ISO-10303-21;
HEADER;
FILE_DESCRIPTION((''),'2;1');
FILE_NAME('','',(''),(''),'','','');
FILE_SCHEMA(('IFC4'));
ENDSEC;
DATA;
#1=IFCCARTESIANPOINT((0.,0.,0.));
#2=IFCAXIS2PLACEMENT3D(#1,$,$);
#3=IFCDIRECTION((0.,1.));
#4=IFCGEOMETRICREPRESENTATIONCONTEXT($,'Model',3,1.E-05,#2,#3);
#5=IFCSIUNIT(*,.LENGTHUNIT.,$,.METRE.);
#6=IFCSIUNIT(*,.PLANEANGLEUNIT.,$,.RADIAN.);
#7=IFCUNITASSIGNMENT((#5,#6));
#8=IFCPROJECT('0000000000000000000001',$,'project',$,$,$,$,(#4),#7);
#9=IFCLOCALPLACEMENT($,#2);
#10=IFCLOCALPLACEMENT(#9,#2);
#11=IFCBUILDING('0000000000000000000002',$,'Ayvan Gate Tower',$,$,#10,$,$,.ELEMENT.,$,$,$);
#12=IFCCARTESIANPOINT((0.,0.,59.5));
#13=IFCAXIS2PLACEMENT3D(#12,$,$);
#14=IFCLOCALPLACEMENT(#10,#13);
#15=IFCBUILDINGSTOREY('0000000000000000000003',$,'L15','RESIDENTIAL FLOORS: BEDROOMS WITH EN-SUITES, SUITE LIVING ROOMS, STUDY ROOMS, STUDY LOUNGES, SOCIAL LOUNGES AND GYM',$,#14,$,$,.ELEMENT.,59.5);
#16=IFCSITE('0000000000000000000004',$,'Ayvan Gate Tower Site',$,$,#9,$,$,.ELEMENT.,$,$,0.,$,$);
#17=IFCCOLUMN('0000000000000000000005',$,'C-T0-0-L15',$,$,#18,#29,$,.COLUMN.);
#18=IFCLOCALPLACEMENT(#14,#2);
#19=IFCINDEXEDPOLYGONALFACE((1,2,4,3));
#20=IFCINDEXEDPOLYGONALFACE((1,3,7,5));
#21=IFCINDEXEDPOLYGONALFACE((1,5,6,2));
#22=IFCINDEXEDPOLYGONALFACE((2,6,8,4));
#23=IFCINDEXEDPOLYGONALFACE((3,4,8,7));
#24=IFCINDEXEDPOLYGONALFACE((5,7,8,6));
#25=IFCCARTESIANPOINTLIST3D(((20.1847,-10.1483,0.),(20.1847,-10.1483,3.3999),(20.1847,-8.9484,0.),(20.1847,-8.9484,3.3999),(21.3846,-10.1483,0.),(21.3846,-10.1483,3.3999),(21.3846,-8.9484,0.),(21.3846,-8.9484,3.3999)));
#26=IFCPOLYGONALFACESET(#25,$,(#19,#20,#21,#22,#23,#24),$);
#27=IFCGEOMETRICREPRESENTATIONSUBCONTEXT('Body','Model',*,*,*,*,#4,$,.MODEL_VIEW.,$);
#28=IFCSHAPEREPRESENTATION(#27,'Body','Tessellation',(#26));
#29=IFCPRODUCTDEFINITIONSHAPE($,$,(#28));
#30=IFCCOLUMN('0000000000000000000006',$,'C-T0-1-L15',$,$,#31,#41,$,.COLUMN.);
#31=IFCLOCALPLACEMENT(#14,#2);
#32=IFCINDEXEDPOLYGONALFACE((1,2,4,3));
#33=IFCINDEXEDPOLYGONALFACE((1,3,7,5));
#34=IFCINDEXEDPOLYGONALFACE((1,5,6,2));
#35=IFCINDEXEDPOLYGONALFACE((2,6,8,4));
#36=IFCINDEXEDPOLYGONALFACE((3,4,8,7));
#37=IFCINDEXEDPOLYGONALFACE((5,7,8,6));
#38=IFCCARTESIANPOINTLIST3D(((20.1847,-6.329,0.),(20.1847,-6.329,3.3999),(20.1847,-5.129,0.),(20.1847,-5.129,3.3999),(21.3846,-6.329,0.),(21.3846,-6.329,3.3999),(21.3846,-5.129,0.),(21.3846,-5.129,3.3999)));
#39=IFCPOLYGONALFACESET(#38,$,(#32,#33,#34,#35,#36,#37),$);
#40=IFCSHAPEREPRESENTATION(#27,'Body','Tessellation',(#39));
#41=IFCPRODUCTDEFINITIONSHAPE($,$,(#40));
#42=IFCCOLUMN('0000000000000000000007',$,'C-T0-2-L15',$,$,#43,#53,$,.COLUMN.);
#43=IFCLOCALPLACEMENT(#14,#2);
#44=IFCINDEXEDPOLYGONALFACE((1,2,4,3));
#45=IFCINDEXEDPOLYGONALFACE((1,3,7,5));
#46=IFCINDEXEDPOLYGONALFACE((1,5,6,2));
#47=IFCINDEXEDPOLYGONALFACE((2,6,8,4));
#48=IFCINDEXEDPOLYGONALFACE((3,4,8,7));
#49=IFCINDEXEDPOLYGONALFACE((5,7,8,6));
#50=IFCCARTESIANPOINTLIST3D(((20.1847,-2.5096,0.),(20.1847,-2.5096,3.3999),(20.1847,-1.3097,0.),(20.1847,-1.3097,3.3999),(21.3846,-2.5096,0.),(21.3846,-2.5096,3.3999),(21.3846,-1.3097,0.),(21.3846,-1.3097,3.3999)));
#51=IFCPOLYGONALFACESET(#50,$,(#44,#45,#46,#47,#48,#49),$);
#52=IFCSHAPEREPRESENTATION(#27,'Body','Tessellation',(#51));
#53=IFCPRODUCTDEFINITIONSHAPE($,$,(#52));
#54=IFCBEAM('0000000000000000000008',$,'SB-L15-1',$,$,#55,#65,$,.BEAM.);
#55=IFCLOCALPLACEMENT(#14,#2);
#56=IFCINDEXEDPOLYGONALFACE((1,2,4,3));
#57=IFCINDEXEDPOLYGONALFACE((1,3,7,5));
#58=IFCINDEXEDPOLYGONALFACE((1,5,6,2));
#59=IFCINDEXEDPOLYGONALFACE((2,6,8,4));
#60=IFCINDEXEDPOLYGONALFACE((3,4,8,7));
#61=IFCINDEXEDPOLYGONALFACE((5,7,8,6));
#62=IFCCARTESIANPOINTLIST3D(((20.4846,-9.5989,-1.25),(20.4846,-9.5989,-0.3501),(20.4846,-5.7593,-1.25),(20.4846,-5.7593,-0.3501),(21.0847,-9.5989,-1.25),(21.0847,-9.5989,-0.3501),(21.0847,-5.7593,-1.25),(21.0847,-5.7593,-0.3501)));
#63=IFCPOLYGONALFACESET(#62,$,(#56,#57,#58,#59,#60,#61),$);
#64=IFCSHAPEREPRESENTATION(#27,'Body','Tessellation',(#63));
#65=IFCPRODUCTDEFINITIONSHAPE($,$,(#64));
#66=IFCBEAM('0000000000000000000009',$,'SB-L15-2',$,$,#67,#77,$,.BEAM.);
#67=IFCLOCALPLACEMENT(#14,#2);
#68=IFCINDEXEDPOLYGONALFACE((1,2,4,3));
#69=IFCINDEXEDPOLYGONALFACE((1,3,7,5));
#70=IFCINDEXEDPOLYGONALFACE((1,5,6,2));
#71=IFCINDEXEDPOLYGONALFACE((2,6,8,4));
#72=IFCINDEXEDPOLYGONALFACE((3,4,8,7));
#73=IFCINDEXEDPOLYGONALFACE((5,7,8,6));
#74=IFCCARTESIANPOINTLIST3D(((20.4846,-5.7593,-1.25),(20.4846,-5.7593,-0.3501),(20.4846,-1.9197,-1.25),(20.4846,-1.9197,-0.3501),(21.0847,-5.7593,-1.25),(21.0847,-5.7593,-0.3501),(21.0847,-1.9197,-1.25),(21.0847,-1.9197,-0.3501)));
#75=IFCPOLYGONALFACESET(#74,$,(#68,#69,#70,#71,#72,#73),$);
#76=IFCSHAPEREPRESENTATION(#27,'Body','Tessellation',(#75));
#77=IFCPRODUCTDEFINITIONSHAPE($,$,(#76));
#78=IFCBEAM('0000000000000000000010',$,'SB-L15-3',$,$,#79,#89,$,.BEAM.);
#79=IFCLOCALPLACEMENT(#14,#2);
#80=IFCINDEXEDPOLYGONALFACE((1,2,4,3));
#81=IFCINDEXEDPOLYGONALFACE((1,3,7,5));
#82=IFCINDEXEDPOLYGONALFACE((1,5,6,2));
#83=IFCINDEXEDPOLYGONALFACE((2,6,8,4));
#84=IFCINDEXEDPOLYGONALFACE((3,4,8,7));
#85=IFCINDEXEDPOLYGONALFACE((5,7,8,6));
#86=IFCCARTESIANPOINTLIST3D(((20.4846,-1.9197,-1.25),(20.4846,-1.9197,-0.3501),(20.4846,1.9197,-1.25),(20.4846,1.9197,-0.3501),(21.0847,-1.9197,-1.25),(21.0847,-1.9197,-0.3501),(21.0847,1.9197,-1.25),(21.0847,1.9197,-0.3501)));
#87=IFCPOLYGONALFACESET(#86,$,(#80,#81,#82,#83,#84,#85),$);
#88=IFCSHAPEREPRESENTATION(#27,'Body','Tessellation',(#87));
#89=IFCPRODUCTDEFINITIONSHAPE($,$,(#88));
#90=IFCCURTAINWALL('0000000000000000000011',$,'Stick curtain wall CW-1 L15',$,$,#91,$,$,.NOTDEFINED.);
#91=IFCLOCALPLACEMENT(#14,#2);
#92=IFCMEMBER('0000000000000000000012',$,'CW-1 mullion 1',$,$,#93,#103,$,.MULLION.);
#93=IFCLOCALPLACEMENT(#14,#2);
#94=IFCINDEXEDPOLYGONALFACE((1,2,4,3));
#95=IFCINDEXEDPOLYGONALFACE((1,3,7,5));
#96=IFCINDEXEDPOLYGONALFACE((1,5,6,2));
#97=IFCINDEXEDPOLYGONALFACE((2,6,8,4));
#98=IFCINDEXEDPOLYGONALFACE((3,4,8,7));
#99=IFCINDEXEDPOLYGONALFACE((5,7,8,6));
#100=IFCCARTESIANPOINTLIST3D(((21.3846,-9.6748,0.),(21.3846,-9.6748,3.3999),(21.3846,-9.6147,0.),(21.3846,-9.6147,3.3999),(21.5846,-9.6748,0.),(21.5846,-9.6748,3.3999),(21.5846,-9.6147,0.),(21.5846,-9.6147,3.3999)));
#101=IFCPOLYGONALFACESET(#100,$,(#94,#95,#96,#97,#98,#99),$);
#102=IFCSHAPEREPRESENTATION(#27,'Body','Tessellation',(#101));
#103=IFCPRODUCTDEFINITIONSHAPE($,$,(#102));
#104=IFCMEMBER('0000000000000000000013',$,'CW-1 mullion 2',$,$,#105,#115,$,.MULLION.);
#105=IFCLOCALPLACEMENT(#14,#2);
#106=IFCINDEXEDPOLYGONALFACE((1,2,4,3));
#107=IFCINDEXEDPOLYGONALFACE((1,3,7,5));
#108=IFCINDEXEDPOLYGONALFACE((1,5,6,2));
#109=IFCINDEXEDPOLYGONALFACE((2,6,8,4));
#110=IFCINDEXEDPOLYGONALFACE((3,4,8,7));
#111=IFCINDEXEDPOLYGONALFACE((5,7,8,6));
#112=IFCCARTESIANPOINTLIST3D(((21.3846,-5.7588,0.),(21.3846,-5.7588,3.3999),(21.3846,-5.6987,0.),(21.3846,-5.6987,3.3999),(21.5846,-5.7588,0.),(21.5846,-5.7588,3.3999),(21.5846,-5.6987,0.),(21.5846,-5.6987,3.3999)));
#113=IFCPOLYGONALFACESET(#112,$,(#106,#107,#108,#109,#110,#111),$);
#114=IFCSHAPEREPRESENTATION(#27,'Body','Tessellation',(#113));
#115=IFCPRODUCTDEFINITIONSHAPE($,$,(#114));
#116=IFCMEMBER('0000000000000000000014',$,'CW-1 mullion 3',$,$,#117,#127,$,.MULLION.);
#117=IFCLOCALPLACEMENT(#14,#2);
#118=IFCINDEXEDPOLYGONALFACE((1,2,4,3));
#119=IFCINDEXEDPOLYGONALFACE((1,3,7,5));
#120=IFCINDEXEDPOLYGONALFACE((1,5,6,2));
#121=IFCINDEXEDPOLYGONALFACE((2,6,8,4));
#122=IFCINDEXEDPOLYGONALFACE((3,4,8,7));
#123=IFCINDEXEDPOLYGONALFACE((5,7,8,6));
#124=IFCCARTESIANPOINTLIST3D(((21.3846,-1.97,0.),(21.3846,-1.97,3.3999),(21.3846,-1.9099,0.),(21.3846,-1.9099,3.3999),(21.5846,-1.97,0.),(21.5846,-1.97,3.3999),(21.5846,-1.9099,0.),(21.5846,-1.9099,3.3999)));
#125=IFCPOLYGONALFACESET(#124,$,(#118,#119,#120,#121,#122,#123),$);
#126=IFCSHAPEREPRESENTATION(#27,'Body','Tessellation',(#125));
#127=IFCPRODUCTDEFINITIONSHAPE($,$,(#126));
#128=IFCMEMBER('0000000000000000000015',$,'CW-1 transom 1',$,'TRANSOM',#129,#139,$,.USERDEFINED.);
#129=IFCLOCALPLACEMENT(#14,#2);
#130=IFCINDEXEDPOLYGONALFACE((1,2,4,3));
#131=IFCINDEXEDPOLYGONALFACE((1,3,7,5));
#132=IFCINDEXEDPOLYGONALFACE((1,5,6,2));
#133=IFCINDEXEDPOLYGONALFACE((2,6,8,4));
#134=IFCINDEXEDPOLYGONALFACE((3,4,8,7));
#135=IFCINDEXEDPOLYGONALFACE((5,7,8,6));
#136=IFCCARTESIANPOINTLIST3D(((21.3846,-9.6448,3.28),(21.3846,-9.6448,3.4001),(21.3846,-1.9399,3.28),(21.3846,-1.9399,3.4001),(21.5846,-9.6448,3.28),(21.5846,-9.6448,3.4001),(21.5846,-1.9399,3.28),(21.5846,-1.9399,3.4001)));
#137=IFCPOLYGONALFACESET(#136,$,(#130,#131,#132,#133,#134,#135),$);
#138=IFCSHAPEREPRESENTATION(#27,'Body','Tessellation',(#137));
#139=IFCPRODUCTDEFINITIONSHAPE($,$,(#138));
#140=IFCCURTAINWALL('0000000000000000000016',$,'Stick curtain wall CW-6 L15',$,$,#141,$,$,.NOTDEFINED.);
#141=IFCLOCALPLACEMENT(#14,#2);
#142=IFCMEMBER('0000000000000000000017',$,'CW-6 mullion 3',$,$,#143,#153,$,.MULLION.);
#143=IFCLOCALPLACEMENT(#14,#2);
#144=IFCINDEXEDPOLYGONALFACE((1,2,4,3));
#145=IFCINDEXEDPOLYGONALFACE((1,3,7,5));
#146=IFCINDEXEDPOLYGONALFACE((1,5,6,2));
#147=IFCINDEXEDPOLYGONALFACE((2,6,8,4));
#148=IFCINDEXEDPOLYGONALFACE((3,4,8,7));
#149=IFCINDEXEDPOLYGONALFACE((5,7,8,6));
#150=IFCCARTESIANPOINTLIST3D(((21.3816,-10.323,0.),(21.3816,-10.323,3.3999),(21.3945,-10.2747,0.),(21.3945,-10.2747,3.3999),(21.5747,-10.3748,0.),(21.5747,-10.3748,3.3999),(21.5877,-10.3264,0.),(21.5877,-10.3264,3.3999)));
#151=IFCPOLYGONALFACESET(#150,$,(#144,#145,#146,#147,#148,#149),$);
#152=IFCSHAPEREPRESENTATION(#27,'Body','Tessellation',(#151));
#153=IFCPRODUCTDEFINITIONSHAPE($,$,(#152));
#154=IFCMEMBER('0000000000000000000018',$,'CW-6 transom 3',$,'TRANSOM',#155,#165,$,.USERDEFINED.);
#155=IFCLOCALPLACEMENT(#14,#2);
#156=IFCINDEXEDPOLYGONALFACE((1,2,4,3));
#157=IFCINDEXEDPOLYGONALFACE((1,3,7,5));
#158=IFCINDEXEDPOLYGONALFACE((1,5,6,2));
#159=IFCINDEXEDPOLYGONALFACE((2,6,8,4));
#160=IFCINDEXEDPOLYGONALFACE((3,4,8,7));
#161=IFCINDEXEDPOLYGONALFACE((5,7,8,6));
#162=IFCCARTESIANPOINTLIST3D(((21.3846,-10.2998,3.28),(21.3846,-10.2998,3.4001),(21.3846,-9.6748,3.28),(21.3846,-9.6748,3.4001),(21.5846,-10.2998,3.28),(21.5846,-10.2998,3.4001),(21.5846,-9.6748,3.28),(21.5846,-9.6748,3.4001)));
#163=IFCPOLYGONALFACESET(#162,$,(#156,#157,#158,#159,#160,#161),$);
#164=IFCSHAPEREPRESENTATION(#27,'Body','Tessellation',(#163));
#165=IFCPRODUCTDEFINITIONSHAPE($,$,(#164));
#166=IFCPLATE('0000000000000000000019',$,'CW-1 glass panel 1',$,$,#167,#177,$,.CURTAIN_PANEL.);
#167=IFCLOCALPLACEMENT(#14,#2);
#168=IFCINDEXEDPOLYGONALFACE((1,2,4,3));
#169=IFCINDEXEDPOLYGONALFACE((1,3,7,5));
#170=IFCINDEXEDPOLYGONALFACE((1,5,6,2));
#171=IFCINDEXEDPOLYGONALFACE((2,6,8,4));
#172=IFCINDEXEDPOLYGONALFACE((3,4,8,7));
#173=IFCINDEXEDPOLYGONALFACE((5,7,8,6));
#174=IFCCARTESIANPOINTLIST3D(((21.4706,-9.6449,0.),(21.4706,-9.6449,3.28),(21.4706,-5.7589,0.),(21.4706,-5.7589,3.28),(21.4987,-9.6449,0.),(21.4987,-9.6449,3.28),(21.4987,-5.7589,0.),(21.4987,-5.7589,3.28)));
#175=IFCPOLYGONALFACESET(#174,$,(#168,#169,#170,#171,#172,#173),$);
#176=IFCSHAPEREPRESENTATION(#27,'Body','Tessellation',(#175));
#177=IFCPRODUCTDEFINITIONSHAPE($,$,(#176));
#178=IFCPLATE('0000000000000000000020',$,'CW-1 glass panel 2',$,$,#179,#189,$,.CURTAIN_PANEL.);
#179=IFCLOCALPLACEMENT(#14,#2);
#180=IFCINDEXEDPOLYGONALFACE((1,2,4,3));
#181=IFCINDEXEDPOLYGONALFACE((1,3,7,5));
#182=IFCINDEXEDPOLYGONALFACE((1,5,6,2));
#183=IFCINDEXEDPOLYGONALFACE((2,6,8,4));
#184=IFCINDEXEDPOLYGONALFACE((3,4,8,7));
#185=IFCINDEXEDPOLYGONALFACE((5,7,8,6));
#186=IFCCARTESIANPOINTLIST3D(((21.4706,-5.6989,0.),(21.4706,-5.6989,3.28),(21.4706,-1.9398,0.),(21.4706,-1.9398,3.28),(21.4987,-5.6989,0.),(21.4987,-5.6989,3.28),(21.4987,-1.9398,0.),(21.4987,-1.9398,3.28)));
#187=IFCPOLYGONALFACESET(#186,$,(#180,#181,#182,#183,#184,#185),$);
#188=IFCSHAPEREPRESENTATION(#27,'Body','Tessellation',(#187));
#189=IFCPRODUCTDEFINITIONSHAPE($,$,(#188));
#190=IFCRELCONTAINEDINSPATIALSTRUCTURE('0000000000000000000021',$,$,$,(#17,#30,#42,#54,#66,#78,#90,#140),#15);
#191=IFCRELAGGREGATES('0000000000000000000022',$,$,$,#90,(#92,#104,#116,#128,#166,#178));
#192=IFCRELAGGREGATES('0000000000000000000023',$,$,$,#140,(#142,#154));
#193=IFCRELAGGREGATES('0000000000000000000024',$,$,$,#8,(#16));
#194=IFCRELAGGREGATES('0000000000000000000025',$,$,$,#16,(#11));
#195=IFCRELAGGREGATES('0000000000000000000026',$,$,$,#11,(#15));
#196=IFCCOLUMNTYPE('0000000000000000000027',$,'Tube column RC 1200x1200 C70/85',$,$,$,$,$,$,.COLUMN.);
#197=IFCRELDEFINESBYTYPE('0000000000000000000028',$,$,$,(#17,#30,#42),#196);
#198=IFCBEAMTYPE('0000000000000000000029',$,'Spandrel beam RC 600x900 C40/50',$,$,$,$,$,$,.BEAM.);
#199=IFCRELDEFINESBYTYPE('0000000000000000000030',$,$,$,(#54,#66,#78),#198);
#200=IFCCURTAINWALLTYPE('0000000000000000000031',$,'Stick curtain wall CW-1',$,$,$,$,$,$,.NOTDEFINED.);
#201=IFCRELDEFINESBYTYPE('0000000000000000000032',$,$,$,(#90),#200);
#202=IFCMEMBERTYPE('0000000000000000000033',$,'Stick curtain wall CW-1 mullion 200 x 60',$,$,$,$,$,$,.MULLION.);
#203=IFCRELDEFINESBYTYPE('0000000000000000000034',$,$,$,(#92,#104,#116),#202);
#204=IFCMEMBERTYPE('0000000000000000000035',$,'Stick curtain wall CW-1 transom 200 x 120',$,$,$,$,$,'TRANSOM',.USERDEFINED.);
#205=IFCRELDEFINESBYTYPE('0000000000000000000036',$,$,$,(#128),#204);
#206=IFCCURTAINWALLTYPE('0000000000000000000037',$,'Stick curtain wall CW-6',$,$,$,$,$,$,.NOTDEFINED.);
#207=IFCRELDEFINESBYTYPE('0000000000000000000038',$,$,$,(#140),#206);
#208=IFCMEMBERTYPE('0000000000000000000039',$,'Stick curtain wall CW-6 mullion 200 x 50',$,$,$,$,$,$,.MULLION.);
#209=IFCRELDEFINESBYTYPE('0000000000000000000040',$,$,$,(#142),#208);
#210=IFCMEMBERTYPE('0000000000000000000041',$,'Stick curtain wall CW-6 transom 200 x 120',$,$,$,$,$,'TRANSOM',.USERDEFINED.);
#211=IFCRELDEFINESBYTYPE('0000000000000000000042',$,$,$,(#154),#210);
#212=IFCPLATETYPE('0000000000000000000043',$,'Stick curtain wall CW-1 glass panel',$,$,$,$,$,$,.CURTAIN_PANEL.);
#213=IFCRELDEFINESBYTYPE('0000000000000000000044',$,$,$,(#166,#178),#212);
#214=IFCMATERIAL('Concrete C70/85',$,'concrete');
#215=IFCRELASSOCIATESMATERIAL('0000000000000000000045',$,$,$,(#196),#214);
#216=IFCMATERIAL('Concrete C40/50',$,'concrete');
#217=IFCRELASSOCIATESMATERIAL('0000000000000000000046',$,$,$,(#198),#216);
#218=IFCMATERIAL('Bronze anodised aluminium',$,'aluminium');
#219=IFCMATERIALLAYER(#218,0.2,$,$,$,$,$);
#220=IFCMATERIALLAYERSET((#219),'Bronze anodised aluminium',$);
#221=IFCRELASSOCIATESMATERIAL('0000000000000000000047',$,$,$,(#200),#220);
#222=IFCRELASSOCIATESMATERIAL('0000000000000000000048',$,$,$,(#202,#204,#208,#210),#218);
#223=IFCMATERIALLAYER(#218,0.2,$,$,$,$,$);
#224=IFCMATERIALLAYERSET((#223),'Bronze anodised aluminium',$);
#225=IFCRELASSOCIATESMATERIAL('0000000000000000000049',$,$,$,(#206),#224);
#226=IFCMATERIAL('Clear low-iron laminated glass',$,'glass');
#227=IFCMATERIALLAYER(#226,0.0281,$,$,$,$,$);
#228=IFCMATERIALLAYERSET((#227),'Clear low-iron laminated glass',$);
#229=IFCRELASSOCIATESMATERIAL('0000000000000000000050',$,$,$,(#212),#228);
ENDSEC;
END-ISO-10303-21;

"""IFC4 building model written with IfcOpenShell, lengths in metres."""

from ifc_helpers import new_model, si_unit, direction, frame, origin, origin_2d, place, context, subcontext, project, spatial, rectangle, extrude, material, layer, layer_set, material_profile, profile_set, type_object, element, aggregate, save


model = new_model("IFC4")

# Units and contexts
model_context = context("Model", 3, precision=1e-05, world=origin(), true_north=direction((0.0, 1.0)))
body_context = subcontext(model_context, "Body", "Model", "MODEL_VIEW")
ifc_project = project(units=[si_unit("LENGTHUNIT", "METRE"), si_unit("PLANEANGLEUNIT", "RADIAN")], contexts=[model_context])

# Site, building, storey
site_placement = place(None, origin())
site = spatial("IfcSite", under=ifc_project, at=site_placement, Name="Ayvan Gate Tower Site", CompositionType="ELEMENT", RefElevation=0.0)
building_placement = place(site_placement, origin())
building = spatial("IfcBuilding", under=site, at=building_placement, Name="Ayvan Gate Tower", CompositionType="ELEMENT")
storey_placement = place(building_placement, frame((0.0, 0.0, 59.5)))
storey = spatial("IfcBuildingStorey", under=building, at=storey_placement, Name="L15", Description="RESIDENTIAL FLOORS: BEDROOMS WITH EN-SUITES, SUITE LIVING ROOMS, STUDY ROOMS, STUDY LOUNGES, SOCIAL LOUNGES AND GYM", CompositionType="ELEMENT", Elevation=59.5)

# Columns
ifc_material_1 = material(Name="Concrete C70/85", Category="concrete")
ifc_material_profile_1 = material_profile(ifc_material_1, rectangle(XDim=1.2, YDim=1.2, at=origin_2d()), Name="RC 1200x1200")
ifc_profile_set_1 = profile_set([ifc_material_profile_1], Name="Concrete C70/85")
column_type = type_object("IfcColumnType", Name="Tube column RC 1200x1200 C70/85", PredefinedType="COLUMN", material=ifc_profile_set_1)
for number, where, z_axis, x_axis, name in (
    (1, (20.7847, -9.5483, 0.0), (0.0, 0.0, 1.0), (1.0, 0.0, 0.0), "C-T0-0-L15"),
    (2, (20.7847, -5.729, 0.0), (0.0, 0.0, 1.0), (1.0, 0.0, 0.0), "C-T0-1-L15"),
    (3, (20.7847, -1.9097, 0.0), (0.0, 0.0, 1.0), (1.0, 0.0, 0.0), "C-T0-2-L15"),
):
    element("IfcColumn", number, at=place(storey_placement, frame(where, z_axis=z_axis, x_axis=x_axis)), inside=storey, type_object=column_type, Name=name, PredefinedType="COLUMN", context=body_context, shape_type="SweptSolid", body=[
        extrude(rectangle(XDim=1.2, YDim=1.2, at=origin_2d()), origin(), (0.0, 0.0, 1.0), 3.3999),
    ])

# Beams
ifc_material_2 = material(Name="Concrete C40/50", Category="concrete")
ifc_material_profile_2 = material_profile(ifc_material_2, rectangle(XDim=0.6001, YDim=0.8999, at=origin_2d()), Name="RC 600x900")
ifc_profile_set_2 = profile_set([ifc_material_profile_2], Name="Concrete C40/50")
beam_type = type_object("IfcBeamType", Name="Spandrel beam RC 600x900 C40/50", PredefinedType="BEAM", material=ifc_profile_set_2)
for number, where, z_axis, x_axis, name in (
    (4, (20.7847, -9.5989, -0.8), (0.0, 1.0, 0.0), (-1.0, 0.0, 0.0), "SB-L15-1"),
    (5, (20.7847, -5.7593, -0.8), (0.0, 1.0, 0.0), (-1.0, 0.0, 0.0), "SB-L15-2"),
):
    element("IfcBeam", number, at=place(storey_placement, frame(where, z_axis=z_axis, x_axis=x_axis)), inside=storey, type_object=beam_type, Name=name, PredefinedType="BEAM", context=body_context, shape_type="SweptSolid", body=[
        extrude(rectangle(XDim=0.6001, YDim=0.8999, at=origin_2d()), origin(), (0.0, 0.0, 1.0), 3.8396),
    ])
beam_placement = place(storey_placement, frame((20.7847, -1.9197, -0.8), z_axis=(0.0, 1.0, 0.0), x_axis=(-1.0, 0.0, 0.0)))
element("IfcBeam", 6, at=beam_placement, inside=storey, type_object=beam_type, Name="SB-L15-3", PredefinedType="BEAM", context=body_context, shape_type="SweptSolid", body=[
    extrude(rectangle(XDim=0.6001, YDim=0.8999, at=origin_2d()), origin(), (0.0, 0.0, 1.0), 3.8394),
])

# Curtain walls, members
ifc_material_3 = material(Name="Bronze anodised aluminium", Category="aluminium")
ifc_layer_1 = layer(ifc_material_3, 0.2)
ifc_layer_set_1 = layer_set([ifc_layer_1], Name="Bronze anodised aluminium")
curtain_wall_type_1 = type_object("IfcCurtainWallType", Name="Stick curtain wall CW-1", PredefinedType="NOTDEFINED", material=ifc_layer_set_1)
curtain_wall_1_placement = place(storey_placement, origin())
curtain_wall_1 = element("IfcCurtainWall", 7, at=curtain_wall_1_placement, inside=storey, type_object=curtain_wall_type_1, Name="Stick curtain wall CW-1 L15", PredefinedType="NOTDEFINED")
ifc_material_profile_3 = material_profile(ifc_material_3, rectangle(XDim=0.2, YDim=0.0601, at=origin_2d()), Name="Stick curtain wall CW-1 mullion 200 x 60")
ifc_profile_set_3 = profile_set([ifc_material_profile_3], Name="Bronze anodised aluminium")
member_type_1 = type_object("IfcMemberType", Name="Stick curtain wall CW-1 mullion 200 x 60", PredefinedType="MULLION", material=ifc_profile_set_3)
member_1_placement = place(storey_placement, frame((21.4846, -9.6448, 0.0), z_axis=(0.0, 0.0, 1.0), x_axis=(1.0, 0.0, 0.0)))
member_1 = element("IfcMember", 8, at=member_1_placement, type_object=member_type_1, Name="CW-1 mullion 1", PredefinedType="MULLION", context=body_context, shape_type="SweptSolid", body=[
    extrude(rectangle(XDim=0.2, YDim=0.0601, at=origin_2d()), origin(), (0.0, 0.0, 1.0), 3.3999),
])
member_2_placement = place(storey_placement, frame((21.4846, -5.7288, 0.0), z_axis=(0.0, 0.0, 1.0), x_axis=(1.0, 0.0, 0.0)))
member_2 = element("IfcMember", 9, at=member_2_placement, type_object=member_type_1, Name="CW-1 mullion 2", PredefinedType="MULLION", context=body_context, shape_type="SweptSolid", body=[
    extrude(rectangle(XDim=0.2, YDim=0.0601, at=origin_2d()), origin(), (0.0, 0.0, 1.0), 3.3999),
])
member_3_placement = place(storey_placement, frame((21.4846, -1.9399, 0.0), z_axis=(0.0, 0.0, 1.0), x_axis=(1.0, 0.0, 0.0)))
member_3 = element("IfcMember", 10, at=member_3_placement, type_object=member_type_1, Name="CW-1 mullion 3", PredefinedType="MULLION", context=body_context, shape_type="SweptSolid", body=[
    extrude(rectangle(XDim=0.2, YDim=0.0601, at=origin_2d()), origin(), (0.0, 0.0, 1.0), 3.3999),
])
ifc_material_profile_4 = material_profile(ifc_material_3, rectangle(XDim=0.2, YDim=0.1201, at=origin_2d()), Name="Stick curtain wall CW-1 transom 200 x 120")
ifc_profile_set_4 = profile_set([ifc_material_profile_4], Name="Bronze anodised aluminium")
member_type_2 = type_object("IfcMemberType", Name="Stick curtain wall CW-1 transom 200 x 120", ElementType="TRANSOM", PredefinedType="USERDEFINED", material=ifc_profile_set_4)
member_4_placement = place(storey_placement, frame((21.4846, -9.6448, 3.3401), z_axis=(0.0, 1.0, 0.0), x_axis=(-1.0, 0.0, 0.0)))
member_4 = element("IfcMember", 11, at=member_4_placement, type_object=member_type_2, Name="CW-1 transom 1", ObjectType="TRANSOM", PredefinedType="USERDEFINED", context=body_context, shape_type="SweptSolid", body=[
    extrude(rectangle(XDim=0.2, YDim=0.1201, at=origin_2d()), origin(), (0.0, 0.0, 1.0), 7.7048),
])
ifc_layer_2 = layer(ifc_material_3, 0.2)
ifc_layer_set_2 = layer_set([ifc_layer_2], Name="Bronze anodised aluminium")
curtain_wall_type_2 = type_object("IfcCurtainWallType", Name="Stick curtain wall CW-6", PredefinedType="NOTDEFINED", material=ifc_layer_set_2)
curtain_wall_2_placement = place(storey_placement, origin())
curtain_wall_2 = element("IfcCurtainWall", 12, at=curtain_wall_2_placement, inside=storey, type_object=curtain_wall_type_2, Name="Stick curtain wall CW-6 L15", PredefinedType="NOTDEFINED")
ifc_material_profile_5 = material_profile(ifc_material_3, rectangle(XDim=0.2, YDim=0.05, at=origin_2d()), Name="Stick curtain wall CW-6 mullion 200 x 50")
ifc_profile_set_5 = profile_set([ifc_material_profile_5], Name="Bronze anodised aluminium")
member_type_3 = type_object("IfcMemberType", Name="Stick curtain wall CW-6 mullion 200 x 50", PredefinedType="MULLION", material=ifc_profile_set_5)
member_5_placement = place(storey_placement, frame((21.4846, -10.3247, 0.0), z_axis=(0.0, 0.0, 1.0), x_axis=(0.965926, -0.258819, 0.0)))
member_5 = element("IfcMember", 13, at=member_5_placement, type_object=member_type_3, Name="CW-6 mullion 3", PredefinedType="MULLION", context=body_context, shape_type="SweptSolid", body=[
    extrude(rectangle(XDim=0.2, YDim=0.05, at=origin_2d()), origin(), (0.0, 0.0, 1.0), 3.3999),
])
ifc_material_profile_6 = material_profile(ifc_material_3, rectangle(XDim=0.2, YDim=0.1201, at=origin_2d()), Name="Stick curtain wall CW-6 transom 200 x 120")
ifc_profile_set_6 = profile_set([ifc_material_profile_6], Name="Bronze anodised aluminium")
member_type_4 = type_object("IfcMemberType", Name="Stick curtain wall CW-6 transom 200 x 120", ElementType="TRANSOM", PredefinedType="USERDEFINED", material=ifc_profile_set_6)
member_6_placement = place(storey_placement, frame((21.4846, -10.2998, 3.3401), z_axis=(0.0, 1.0, 0.0), x_axis=(-1.0, 0.0, 0.0)))
member_6 = element("IfcMember", 14, at=member_6_placement, type_object=member_type_4, Name="CW-6 transom 3", ObjectType="TRANSOM", PredefinedType="USERDEFINED", context=body_context, shape_type="SweptSolid", body=[
    extrude(rectangle(XDim=0.2, YDim=0.1201, at=origin_2d()), origin(), (0.0, 0.0, 1.0), 0.625),
])

# Plates
ifc_material_4 = material(Name="Clear low-iron laminated glass", Category="glass")
ifc_layer_3 = layer(ifc_material_4, 0.0281)
ifc_layer_set_3 = layer_set([ifc_layer_3], Name="Clear low-iron laminated glass")
plate_type_1 = type_object("IfcPlateType", Name="Stick curtain wall CW-1 glass panel", PredefinedType="CURTAIN_PANEL", material=ifc_layer_set_3)
plate_1_placement = place(storey_placement, frame((21.4846, -7.7019, 0.0), z_axis=(0.0, 0.0, 1.0), x_axis=(0.0, 1.0, 0.0)))
plate_1 = element("IfcPlate", 15, at=plate_1_placement, type_object=plate_type_1, Name="CW-1 glass panel 1", PredefinedType="CURTAIN_PANEL", context=body_context, shape_type="SweptSolid", body=[
    extrude(rectangle(XDim=3.886, YDim=0.0281, at=origin_2d()), origin(), (0.0, 0.0, 1.0), 3.28),
])
plate_2_placement = place(storey_placement, frame((21.4846, -3.8193, 0.0), z_axis=(0.0, 0.0, 1.0), x_axis=(0.0, 1.0, 0.0)))
plate_2 = element("IfcPlate", 16, at=plate_2_placement, type_object=plate_type_1, Name="CW-1 glass panel 2", PredefinedType="CURTAIN_PANEL", context=body_context, shape_type="SweptSolid", body=[
    extrude(rectangle(XDim=3.759, YDim=0.0281, at=origin_2d()), origin(), (0.0, 0.0, 1.0), 3.28),
])
aggregate(curtain_wall_1, [member_1, member_2, member_3, member_4, plate_1, plate_2])
aggregate(curtain_wall_2, [member_5, member_6])

save(model, "model.ifc")
